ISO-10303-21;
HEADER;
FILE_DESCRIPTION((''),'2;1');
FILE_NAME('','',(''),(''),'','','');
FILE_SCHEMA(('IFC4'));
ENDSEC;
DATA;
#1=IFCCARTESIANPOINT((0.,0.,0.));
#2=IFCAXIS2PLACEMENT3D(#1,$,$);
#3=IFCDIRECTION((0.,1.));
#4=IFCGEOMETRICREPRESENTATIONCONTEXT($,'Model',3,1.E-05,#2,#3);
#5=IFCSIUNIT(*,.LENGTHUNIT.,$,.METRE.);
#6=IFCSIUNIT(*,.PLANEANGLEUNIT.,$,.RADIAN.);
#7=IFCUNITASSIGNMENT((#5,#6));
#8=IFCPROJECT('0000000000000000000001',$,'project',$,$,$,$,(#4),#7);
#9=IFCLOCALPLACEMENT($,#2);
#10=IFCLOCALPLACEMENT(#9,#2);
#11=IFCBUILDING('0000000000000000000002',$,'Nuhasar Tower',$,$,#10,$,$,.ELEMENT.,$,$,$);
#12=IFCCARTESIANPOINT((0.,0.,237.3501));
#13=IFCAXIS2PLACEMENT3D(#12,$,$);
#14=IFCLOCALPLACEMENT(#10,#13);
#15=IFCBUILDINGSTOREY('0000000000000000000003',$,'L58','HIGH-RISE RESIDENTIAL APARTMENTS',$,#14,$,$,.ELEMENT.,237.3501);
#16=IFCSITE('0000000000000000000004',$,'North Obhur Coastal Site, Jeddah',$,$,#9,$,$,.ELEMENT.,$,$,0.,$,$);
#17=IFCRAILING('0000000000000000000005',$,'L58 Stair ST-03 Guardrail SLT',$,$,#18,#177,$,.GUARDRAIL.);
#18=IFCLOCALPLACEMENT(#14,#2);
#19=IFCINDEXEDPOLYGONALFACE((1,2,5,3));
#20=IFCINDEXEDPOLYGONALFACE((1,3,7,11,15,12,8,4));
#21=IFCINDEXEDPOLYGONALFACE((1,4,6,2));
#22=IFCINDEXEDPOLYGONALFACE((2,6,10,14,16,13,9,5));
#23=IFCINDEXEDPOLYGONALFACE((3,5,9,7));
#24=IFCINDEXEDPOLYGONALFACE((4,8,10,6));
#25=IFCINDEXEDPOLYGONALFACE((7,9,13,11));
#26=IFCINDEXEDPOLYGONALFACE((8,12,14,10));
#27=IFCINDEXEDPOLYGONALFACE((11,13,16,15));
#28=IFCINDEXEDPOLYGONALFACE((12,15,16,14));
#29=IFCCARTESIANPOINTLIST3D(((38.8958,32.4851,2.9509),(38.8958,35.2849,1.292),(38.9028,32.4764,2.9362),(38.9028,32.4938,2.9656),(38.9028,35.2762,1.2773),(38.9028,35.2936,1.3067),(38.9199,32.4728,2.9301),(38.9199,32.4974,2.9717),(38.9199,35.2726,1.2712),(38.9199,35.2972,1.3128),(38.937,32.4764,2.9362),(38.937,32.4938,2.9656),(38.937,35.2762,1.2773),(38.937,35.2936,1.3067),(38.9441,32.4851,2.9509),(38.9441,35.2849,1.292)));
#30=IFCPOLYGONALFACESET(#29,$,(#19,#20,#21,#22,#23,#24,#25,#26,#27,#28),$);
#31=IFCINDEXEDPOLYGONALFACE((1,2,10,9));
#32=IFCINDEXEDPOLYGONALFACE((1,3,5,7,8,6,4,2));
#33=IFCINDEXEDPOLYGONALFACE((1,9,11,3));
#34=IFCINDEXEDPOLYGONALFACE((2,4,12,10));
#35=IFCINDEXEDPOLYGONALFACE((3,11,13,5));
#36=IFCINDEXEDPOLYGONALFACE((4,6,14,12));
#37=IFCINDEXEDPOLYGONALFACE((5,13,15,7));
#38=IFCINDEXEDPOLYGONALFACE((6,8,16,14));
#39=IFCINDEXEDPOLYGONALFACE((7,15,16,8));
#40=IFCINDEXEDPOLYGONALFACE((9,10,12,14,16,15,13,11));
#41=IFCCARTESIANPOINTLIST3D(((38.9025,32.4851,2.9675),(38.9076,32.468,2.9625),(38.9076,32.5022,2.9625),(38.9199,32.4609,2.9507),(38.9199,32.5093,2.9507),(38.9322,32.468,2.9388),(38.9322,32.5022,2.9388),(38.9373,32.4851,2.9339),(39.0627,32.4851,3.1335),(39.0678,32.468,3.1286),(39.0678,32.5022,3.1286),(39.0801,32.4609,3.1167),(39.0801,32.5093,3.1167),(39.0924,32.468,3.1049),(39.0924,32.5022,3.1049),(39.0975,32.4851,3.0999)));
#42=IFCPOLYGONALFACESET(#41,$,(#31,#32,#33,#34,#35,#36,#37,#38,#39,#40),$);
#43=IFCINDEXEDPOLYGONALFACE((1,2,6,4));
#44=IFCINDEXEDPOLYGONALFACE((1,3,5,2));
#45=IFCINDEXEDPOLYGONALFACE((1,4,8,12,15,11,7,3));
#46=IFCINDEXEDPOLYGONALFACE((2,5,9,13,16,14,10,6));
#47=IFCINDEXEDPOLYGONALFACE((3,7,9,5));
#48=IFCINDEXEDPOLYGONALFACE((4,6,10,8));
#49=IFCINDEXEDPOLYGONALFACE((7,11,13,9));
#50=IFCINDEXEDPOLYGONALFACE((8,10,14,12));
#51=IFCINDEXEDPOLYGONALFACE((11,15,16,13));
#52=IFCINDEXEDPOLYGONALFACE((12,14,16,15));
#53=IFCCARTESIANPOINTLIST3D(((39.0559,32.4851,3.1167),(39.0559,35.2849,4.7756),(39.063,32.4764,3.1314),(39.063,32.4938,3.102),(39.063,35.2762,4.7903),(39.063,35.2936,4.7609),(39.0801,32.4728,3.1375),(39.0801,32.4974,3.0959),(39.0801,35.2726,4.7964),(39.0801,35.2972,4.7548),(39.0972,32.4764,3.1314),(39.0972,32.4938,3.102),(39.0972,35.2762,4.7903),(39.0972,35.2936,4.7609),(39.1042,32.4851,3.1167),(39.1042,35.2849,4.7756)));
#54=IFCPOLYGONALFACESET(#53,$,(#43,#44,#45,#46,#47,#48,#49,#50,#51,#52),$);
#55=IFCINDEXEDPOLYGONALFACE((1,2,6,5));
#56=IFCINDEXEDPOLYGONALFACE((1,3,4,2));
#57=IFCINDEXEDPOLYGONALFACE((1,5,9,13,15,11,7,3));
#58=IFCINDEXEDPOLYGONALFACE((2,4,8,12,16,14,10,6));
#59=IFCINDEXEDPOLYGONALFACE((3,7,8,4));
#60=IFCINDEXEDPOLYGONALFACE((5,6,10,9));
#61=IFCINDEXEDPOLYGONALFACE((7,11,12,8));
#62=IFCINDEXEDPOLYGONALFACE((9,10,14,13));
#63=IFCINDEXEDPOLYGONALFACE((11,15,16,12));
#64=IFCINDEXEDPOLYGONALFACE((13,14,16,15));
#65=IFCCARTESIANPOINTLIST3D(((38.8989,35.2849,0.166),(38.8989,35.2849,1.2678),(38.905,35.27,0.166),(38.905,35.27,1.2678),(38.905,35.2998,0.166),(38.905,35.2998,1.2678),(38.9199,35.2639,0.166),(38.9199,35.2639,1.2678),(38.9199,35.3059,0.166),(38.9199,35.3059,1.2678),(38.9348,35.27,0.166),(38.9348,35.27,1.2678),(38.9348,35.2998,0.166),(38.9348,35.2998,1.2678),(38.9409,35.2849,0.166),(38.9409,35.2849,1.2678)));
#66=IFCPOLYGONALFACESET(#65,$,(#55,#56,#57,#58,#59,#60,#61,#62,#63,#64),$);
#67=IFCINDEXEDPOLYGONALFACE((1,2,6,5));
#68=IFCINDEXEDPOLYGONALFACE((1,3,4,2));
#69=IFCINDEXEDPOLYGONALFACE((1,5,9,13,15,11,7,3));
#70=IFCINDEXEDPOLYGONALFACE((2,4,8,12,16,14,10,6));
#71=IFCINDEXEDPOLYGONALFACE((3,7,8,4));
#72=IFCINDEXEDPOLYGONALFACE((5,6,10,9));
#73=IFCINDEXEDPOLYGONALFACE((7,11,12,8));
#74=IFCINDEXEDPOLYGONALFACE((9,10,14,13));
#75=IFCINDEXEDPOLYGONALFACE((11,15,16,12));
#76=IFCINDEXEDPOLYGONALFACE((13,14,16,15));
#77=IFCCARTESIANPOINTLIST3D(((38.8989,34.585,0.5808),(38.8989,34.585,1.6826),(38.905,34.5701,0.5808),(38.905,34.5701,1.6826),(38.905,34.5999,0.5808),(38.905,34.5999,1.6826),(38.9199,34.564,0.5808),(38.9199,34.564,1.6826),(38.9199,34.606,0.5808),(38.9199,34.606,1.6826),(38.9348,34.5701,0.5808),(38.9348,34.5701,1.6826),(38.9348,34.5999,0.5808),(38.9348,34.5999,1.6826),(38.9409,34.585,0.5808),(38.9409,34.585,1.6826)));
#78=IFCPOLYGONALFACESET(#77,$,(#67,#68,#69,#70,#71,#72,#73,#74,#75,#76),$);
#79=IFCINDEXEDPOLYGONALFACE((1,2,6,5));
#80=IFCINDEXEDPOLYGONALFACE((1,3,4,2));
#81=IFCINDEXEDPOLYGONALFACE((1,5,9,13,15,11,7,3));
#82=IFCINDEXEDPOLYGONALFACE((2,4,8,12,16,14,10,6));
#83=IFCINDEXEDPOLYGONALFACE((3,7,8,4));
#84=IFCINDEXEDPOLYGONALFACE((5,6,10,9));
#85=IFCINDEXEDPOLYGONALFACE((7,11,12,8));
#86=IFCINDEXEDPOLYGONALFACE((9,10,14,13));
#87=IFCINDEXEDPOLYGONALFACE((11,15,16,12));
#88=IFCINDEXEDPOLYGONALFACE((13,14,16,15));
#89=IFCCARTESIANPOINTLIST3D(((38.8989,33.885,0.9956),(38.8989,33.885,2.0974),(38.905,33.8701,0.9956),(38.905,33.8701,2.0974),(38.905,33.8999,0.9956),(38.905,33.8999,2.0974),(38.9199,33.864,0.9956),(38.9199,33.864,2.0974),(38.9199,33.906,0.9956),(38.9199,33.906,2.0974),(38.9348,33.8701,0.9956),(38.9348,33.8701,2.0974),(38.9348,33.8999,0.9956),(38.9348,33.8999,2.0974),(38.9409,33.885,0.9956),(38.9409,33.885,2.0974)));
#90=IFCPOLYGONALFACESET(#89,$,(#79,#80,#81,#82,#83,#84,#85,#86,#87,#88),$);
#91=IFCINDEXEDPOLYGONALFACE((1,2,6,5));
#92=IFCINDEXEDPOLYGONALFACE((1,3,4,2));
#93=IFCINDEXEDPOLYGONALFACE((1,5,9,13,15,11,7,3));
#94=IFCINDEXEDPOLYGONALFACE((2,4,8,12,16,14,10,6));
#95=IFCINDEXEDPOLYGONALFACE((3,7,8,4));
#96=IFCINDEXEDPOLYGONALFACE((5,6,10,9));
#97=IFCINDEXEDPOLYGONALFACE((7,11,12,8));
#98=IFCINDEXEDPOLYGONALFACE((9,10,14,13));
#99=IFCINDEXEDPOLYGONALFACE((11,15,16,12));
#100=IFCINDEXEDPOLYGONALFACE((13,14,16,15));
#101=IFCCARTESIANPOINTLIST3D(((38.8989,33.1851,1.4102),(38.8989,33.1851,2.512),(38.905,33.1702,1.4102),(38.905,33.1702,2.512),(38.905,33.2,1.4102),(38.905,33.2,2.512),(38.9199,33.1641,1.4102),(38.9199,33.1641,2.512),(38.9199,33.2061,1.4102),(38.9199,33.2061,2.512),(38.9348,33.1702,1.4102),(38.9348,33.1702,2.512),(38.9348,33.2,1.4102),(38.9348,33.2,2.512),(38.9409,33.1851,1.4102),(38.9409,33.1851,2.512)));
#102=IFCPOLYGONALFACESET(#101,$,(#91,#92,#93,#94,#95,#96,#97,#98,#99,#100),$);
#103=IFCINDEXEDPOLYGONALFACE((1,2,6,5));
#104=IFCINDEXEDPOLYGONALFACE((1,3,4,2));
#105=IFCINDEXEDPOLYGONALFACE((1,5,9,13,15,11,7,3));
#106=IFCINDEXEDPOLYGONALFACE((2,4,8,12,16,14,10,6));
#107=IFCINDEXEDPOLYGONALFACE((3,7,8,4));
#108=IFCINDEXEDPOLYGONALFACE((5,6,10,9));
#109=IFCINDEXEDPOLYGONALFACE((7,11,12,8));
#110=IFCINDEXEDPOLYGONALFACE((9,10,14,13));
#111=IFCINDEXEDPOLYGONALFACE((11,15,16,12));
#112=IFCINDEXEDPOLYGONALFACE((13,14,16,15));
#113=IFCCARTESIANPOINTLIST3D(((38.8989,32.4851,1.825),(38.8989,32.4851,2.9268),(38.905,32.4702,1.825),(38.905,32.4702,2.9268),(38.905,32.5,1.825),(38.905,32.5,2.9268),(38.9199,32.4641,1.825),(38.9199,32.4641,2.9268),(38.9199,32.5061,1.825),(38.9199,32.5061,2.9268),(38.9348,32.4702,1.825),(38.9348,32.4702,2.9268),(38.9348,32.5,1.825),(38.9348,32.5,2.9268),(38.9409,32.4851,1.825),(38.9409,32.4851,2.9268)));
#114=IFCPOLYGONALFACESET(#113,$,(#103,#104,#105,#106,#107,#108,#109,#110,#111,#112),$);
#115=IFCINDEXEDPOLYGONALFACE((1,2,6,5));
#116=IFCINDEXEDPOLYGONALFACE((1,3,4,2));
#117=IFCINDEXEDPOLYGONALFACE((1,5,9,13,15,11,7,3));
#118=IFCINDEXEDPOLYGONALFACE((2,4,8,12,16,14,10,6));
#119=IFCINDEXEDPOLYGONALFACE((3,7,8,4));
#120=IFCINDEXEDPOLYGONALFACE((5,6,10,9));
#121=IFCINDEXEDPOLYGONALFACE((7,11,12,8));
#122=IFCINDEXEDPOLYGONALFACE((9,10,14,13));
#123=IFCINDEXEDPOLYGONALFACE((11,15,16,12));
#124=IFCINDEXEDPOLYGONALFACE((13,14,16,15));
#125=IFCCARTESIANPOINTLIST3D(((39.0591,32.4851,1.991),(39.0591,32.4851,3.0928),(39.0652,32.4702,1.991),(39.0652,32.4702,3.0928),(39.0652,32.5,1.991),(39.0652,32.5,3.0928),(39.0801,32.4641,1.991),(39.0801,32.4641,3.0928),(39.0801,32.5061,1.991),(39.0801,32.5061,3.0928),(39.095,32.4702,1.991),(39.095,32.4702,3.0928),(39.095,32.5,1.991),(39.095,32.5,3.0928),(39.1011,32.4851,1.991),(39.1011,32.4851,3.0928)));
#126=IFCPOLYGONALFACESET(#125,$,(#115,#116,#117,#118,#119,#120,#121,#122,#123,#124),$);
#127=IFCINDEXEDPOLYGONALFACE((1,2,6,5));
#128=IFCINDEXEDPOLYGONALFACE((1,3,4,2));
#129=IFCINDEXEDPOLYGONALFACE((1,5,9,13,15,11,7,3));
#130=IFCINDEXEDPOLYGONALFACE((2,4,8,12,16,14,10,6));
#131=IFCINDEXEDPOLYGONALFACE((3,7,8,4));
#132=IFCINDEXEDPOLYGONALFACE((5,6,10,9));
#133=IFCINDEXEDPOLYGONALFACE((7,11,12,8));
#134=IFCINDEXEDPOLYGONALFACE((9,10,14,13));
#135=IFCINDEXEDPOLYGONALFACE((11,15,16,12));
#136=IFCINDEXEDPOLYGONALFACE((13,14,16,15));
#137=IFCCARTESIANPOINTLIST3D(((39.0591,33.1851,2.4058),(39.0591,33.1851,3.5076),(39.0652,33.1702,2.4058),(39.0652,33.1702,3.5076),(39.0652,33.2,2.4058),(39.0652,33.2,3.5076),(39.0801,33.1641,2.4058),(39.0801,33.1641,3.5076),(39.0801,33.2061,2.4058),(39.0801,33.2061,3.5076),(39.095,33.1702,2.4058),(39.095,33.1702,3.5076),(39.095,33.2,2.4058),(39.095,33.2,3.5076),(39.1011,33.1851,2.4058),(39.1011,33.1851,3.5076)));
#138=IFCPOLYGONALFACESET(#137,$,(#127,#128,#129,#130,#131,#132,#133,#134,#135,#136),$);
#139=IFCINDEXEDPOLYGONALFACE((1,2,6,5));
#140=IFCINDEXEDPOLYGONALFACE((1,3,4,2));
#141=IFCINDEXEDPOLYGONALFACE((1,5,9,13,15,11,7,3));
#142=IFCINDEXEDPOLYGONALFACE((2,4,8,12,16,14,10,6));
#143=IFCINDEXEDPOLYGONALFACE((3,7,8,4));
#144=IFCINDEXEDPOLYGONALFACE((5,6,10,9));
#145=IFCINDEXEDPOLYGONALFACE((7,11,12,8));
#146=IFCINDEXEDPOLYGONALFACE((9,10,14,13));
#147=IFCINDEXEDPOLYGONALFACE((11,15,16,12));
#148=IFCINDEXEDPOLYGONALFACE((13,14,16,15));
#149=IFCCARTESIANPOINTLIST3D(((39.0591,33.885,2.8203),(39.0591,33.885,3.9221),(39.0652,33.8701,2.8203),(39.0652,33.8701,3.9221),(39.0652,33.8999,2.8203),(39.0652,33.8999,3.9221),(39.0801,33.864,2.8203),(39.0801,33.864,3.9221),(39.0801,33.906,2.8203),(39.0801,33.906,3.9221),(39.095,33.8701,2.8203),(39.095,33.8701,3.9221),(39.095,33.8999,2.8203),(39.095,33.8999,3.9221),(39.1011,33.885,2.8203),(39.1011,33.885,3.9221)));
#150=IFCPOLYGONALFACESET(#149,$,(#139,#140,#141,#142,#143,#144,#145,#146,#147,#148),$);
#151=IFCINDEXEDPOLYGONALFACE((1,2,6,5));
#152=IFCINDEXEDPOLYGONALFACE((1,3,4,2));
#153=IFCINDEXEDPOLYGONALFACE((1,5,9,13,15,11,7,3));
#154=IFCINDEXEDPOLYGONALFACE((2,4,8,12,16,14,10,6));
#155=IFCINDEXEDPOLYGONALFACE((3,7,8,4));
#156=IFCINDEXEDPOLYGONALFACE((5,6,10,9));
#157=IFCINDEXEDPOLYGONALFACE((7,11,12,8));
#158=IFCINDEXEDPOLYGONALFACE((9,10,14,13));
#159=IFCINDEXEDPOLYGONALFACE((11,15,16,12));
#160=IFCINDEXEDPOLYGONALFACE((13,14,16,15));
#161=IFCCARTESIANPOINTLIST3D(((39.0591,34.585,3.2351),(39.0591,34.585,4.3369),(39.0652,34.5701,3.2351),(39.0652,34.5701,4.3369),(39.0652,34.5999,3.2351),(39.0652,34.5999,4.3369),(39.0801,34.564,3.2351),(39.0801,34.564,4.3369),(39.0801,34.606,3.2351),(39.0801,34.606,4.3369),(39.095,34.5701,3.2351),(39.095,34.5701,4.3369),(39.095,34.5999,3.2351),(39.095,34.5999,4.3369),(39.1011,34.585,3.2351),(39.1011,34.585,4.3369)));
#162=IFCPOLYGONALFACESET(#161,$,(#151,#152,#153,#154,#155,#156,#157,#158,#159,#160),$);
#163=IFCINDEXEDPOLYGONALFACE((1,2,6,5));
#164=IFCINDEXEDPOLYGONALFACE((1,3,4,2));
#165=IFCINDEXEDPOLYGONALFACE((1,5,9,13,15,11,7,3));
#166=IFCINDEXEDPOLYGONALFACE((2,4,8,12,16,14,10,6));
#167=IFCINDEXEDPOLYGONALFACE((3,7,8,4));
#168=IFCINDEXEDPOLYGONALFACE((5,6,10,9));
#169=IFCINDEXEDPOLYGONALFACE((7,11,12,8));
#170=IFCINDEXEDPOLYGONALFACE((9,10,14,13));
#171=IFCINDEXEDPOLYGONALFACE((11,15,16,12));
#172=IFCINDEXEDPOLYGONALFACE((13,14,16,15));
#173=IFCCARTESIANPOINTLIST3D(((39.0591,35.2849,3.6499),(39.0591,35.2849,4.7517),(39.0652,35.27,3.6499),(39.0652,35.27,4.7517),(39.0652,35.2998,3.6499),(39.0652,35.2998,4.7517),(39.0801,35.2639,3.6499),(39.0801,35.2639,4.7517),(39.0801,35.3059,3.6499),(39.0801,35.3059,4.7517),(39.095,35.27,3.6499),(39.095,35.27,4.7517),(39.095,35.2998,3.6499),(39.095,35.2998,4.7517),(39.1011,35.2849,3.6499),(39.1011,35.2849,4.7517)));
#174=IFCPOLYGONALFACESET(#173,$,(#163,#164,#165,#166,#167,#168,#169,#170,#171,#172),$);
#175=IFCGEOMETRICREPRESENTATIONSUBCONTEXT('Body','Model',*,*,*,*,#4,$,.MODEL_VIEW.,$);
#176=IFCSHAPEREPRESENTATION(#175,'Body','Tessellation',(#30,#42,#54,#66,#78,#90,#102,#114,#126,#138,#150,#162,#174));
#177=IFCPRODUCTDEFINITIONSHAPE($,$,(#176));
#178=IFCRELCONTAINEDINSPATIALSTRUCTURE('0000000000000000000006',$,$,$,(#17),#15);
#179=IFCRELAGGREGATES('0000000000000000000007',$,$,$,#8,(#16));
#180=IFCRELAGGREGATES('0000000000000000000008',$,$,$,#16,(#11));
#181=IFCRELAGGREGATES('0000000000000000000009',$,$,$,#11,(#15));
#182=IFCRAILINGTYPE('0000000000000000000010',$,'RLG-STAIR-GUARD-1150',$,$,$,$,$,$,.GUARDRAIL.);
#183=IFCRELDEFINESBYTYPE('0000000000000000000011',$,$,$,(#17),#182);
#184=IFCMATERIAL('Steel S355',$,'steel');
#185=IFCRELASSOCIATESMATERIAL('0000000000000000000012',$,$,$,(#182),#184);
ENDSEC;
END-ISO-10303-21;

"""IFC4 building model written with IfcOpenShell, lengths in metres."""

from ifc_helpers import new_model, si_unit, direction, frame, origin, place, context, subcontext, project, spatial, polyline, outline, extrude, material, type_object, element, save


model = new_model("IFC4")

# Units and contexts
model_context = context("Model", 3, precision=1e-05, world=origin(), true_north=direction((0.0, 1.0)))
body_context = subcontext(model_context, "Body", "Model", "MODEL_VIEW")
ifc_project = project(units=[si_unit("LENGTHUNIT", "METRE"), si_unit("PLANEANGLEUNIT", "RADIAN")], contexts=[model_context])

# Site, building, storey
site_placement = place(None, origin())
site = spatial("IfcSite", under=ifc_project, at=site_placement, Name="North Obhur Coastal Site, Jeddah", CompositionType="ELEMENT", RefElevation=0.0)
building_placement = place(site_placement, origin())
building = spatial("IfcBuilding", under=site, at=building_placement, Name="Nuhasar Tower", CompositionType="ELEMENT")
storey_placement = place(building_placement, frame((0.0, 0.0, 237.3501)))
storey = spatial("IfcBuildingStorey", under=building, at=storey_placement, Name="L58", Description="HIGH-RISE RESIDENTIAL APARTMENTS", CompositionType="ELEMENT", Elevation=237.3501)

# Shared definitions
ifc_material_1 = material(Name="Steel S355", Category="steel")

# Railing
railing_type_1 = type_object("IfcRailingType", Name="RLG-STAIR-GUARD-1150", PredefinedType="GUARDRAIL", material=ifc_material_1)
railing_1_placement = place(storey_placement, frame((38.9199, 35.2849, 0.166)))
element("IfcRailing", 1, at=railing_1_placement, inside=storey, type_object=railing_type_1, Name="L58 Stair ST-03 Guardrail SLT", PredefinedType="GUARDRAIL", context=body_context, shape_type="SweptSolid", body=[
    extrude(outline(polyline([(0.0242, 0.0), (0.0171, 0.0171), (0.0, 0.0242), (-0.0171, 0.0171), (-0.0242, 0.0), (-0.0171, -0.0171), (0.0, -0.0242), (0.0171, -0.0171), (0.0242, 0.0)])), frame((0.0, 0.0, 1.126), z_axis=(0.0, -0.86032, 0.509755), x_axis=(1.0, 0.0, 0.0)), (0.0, 0.0, 1.0), 3.2544),
    extrude(outline(polyline([(0.0242, 0.0), (0.0171, 0.0171), (0.0, 0.0242), (-0.0171, 0.0171), (-0.0242, 0.0), (-0.0171, -0.0171), (0.0, -0.0242), (0.0171, -0.0171), (0.0242, 0.0)])), frame((0.0, -2.7998, 2.7847), z_axis=(0.694292, 0.0, 0.719693), x_axis=(0.0, 1.0, 0.0)), (0.0, 0.0, 1.0), 0.2307),
    extrude(outline(polyline([(0.0242, 0.0), (0.0171, 0.0171), (0.0, 0.0242), (-0.0171, 0.0171), (-0.0242, 0.0), (-0.0171, -0.0171), (0.0, -0.0242), (0.0171, -0.0171), (0.0242, 0.0)])), frame((0.1602, -2.7998, 2.9507), z_axis=(0.0, 0.86032, 0.509755), x_axis=(-1.0, 0.0, 0.0)), (0.0, 0.0, 1.0), 3.2544),
    extrude(outline(polyline([(0.021, 0.0), (0.0149, 0.0149), (0.0, 0.021), (-0.0149, 0.0149), (-0.021, 0.0), (-0.0149, -0.0149), (0.0, -0.021), (0.0149, -0.0149), (0.021, 0.0)])), origin(), (0.0, 0.0, 1.0), 1.1018),
    extrude(outline(polyline([(0.021, 0.0), (0.0149, 0.0149), (0.0, 0.021), (-0.0149, 0.0149), (-0.021, 0.0), (-0.0149, -0.0149), (0.0, -0.021), (0.0149, -0.0149), (0.021, 0.0)])), frame((0.0, -0.7, 0.4148)), (0.0, 0.0, 1.0), 1.1018),
    extrude(outline(polyline([(0.021, 0.0), (0.0149, 0.0149), (0.0, 0.021), (-0.0149, 0.0149), (-0.021, 0.0), (-0.0149, -0.0149), (0.0, -0.021), (0.0149, -0.0149), (0.021, 0.0)])), frame((0.0, -1.3999, 0.8296)), (0.0, 0.0, 1.0), 1.1018),
    extrude(outline(polyline([(0.021, 0.0), (0.0149, 0.0149), (0.0, 0.021), (-0.0149, 0.0149), (-0.021, 0.0), (-0.0149, -0.0149), (0.0, -0.021), (0.0149, -0.0149), (0.021, 0.0)])), frame((0.0, -2.0999, 1.2441)), (0.0, 0.0, 1.0), 1.1018),
    extrude(outline(polyline([(0.021, 0.0), (0.0149, 0.0149), (0.0, 0.021), (-0.0149, 0.0149), (-0.021, 0.0), (-0.0149, -0.0149), (0.0, -0.021), (0.0149, -0.0149), (0.021, 0.0)])), frame((0.0, -2.7998, 1.6589)), (0.0, 0.0, 1.0), 1.1018),
    extrude(outline(polyline([(0.021, 0.0), (0.0149, 0.0149), (0.0, 0.021), (-0.0149, 0.0149), (-0.021, 0.0), (-0.0149, -0.0149), (0.0, -0.021), (0.0149, -0.0149), (0.021, 0.0)])), frame((0.1602, -2.7998, 1.825)), (0.0, 0.0, 1.0), 1.1018),
    extrude(outline(polyline([(0.021, 0.0), (0.0149, 0.0149), (0.0, 0.021), (-0.0149, 0.0149), (-0.021, 0.0), (-0.0149, -0.0149), (0.0, -0.021), (0.0149, -0.0149), (0.021, 0.0)])), frame((0.1602, -2.0999, 2.2397)), (0.0, 0.0, 1.0), 1.1018),
    extrude(outline(polyline([(0.021, 0.0), (0.0149, 0.0149), (0.0, 0.021), (-0.0149, 0.0149), (-0.021, 0.0), (-0.0149, -0.0149), (0.0, -0.021), (0.0149, -0.0149), (0.021, 0.0)])), frame((0.1602, -1.3999, 2.6543)), (0.0, 0.0, 1.0), 1.1018),
    extrude(outline(polyline([(0.021, 0.0), (0.0149, 0.0149), (0.0, 0.021), (-0.0149, 0.0149), (-0.021, 0.0), (-0.0149, -0.0149), (0.0, -0.021), (0.0149, -0.0149), (0.021, 0.0)])), frame((0.1602, -0.7, 3.0691)), (0.0, 0.0, 1.0), 1.1018),
    extrude(outline(polyline([(0.021, 0.0), (0.0149, 0.0149), (0.0, 0.021), (-0.0149, 0.0149), (-0.021, 0.0), (-0.0149, -0.0149), (0.0, -0.021), (0.0149, -0.0149), (0.021, 0.0)])), frame((0.1602, 0.0, 3.4839)), (0.0, 0.0, 1.0), 1.1018),
])

save(model, "model.ifc")
